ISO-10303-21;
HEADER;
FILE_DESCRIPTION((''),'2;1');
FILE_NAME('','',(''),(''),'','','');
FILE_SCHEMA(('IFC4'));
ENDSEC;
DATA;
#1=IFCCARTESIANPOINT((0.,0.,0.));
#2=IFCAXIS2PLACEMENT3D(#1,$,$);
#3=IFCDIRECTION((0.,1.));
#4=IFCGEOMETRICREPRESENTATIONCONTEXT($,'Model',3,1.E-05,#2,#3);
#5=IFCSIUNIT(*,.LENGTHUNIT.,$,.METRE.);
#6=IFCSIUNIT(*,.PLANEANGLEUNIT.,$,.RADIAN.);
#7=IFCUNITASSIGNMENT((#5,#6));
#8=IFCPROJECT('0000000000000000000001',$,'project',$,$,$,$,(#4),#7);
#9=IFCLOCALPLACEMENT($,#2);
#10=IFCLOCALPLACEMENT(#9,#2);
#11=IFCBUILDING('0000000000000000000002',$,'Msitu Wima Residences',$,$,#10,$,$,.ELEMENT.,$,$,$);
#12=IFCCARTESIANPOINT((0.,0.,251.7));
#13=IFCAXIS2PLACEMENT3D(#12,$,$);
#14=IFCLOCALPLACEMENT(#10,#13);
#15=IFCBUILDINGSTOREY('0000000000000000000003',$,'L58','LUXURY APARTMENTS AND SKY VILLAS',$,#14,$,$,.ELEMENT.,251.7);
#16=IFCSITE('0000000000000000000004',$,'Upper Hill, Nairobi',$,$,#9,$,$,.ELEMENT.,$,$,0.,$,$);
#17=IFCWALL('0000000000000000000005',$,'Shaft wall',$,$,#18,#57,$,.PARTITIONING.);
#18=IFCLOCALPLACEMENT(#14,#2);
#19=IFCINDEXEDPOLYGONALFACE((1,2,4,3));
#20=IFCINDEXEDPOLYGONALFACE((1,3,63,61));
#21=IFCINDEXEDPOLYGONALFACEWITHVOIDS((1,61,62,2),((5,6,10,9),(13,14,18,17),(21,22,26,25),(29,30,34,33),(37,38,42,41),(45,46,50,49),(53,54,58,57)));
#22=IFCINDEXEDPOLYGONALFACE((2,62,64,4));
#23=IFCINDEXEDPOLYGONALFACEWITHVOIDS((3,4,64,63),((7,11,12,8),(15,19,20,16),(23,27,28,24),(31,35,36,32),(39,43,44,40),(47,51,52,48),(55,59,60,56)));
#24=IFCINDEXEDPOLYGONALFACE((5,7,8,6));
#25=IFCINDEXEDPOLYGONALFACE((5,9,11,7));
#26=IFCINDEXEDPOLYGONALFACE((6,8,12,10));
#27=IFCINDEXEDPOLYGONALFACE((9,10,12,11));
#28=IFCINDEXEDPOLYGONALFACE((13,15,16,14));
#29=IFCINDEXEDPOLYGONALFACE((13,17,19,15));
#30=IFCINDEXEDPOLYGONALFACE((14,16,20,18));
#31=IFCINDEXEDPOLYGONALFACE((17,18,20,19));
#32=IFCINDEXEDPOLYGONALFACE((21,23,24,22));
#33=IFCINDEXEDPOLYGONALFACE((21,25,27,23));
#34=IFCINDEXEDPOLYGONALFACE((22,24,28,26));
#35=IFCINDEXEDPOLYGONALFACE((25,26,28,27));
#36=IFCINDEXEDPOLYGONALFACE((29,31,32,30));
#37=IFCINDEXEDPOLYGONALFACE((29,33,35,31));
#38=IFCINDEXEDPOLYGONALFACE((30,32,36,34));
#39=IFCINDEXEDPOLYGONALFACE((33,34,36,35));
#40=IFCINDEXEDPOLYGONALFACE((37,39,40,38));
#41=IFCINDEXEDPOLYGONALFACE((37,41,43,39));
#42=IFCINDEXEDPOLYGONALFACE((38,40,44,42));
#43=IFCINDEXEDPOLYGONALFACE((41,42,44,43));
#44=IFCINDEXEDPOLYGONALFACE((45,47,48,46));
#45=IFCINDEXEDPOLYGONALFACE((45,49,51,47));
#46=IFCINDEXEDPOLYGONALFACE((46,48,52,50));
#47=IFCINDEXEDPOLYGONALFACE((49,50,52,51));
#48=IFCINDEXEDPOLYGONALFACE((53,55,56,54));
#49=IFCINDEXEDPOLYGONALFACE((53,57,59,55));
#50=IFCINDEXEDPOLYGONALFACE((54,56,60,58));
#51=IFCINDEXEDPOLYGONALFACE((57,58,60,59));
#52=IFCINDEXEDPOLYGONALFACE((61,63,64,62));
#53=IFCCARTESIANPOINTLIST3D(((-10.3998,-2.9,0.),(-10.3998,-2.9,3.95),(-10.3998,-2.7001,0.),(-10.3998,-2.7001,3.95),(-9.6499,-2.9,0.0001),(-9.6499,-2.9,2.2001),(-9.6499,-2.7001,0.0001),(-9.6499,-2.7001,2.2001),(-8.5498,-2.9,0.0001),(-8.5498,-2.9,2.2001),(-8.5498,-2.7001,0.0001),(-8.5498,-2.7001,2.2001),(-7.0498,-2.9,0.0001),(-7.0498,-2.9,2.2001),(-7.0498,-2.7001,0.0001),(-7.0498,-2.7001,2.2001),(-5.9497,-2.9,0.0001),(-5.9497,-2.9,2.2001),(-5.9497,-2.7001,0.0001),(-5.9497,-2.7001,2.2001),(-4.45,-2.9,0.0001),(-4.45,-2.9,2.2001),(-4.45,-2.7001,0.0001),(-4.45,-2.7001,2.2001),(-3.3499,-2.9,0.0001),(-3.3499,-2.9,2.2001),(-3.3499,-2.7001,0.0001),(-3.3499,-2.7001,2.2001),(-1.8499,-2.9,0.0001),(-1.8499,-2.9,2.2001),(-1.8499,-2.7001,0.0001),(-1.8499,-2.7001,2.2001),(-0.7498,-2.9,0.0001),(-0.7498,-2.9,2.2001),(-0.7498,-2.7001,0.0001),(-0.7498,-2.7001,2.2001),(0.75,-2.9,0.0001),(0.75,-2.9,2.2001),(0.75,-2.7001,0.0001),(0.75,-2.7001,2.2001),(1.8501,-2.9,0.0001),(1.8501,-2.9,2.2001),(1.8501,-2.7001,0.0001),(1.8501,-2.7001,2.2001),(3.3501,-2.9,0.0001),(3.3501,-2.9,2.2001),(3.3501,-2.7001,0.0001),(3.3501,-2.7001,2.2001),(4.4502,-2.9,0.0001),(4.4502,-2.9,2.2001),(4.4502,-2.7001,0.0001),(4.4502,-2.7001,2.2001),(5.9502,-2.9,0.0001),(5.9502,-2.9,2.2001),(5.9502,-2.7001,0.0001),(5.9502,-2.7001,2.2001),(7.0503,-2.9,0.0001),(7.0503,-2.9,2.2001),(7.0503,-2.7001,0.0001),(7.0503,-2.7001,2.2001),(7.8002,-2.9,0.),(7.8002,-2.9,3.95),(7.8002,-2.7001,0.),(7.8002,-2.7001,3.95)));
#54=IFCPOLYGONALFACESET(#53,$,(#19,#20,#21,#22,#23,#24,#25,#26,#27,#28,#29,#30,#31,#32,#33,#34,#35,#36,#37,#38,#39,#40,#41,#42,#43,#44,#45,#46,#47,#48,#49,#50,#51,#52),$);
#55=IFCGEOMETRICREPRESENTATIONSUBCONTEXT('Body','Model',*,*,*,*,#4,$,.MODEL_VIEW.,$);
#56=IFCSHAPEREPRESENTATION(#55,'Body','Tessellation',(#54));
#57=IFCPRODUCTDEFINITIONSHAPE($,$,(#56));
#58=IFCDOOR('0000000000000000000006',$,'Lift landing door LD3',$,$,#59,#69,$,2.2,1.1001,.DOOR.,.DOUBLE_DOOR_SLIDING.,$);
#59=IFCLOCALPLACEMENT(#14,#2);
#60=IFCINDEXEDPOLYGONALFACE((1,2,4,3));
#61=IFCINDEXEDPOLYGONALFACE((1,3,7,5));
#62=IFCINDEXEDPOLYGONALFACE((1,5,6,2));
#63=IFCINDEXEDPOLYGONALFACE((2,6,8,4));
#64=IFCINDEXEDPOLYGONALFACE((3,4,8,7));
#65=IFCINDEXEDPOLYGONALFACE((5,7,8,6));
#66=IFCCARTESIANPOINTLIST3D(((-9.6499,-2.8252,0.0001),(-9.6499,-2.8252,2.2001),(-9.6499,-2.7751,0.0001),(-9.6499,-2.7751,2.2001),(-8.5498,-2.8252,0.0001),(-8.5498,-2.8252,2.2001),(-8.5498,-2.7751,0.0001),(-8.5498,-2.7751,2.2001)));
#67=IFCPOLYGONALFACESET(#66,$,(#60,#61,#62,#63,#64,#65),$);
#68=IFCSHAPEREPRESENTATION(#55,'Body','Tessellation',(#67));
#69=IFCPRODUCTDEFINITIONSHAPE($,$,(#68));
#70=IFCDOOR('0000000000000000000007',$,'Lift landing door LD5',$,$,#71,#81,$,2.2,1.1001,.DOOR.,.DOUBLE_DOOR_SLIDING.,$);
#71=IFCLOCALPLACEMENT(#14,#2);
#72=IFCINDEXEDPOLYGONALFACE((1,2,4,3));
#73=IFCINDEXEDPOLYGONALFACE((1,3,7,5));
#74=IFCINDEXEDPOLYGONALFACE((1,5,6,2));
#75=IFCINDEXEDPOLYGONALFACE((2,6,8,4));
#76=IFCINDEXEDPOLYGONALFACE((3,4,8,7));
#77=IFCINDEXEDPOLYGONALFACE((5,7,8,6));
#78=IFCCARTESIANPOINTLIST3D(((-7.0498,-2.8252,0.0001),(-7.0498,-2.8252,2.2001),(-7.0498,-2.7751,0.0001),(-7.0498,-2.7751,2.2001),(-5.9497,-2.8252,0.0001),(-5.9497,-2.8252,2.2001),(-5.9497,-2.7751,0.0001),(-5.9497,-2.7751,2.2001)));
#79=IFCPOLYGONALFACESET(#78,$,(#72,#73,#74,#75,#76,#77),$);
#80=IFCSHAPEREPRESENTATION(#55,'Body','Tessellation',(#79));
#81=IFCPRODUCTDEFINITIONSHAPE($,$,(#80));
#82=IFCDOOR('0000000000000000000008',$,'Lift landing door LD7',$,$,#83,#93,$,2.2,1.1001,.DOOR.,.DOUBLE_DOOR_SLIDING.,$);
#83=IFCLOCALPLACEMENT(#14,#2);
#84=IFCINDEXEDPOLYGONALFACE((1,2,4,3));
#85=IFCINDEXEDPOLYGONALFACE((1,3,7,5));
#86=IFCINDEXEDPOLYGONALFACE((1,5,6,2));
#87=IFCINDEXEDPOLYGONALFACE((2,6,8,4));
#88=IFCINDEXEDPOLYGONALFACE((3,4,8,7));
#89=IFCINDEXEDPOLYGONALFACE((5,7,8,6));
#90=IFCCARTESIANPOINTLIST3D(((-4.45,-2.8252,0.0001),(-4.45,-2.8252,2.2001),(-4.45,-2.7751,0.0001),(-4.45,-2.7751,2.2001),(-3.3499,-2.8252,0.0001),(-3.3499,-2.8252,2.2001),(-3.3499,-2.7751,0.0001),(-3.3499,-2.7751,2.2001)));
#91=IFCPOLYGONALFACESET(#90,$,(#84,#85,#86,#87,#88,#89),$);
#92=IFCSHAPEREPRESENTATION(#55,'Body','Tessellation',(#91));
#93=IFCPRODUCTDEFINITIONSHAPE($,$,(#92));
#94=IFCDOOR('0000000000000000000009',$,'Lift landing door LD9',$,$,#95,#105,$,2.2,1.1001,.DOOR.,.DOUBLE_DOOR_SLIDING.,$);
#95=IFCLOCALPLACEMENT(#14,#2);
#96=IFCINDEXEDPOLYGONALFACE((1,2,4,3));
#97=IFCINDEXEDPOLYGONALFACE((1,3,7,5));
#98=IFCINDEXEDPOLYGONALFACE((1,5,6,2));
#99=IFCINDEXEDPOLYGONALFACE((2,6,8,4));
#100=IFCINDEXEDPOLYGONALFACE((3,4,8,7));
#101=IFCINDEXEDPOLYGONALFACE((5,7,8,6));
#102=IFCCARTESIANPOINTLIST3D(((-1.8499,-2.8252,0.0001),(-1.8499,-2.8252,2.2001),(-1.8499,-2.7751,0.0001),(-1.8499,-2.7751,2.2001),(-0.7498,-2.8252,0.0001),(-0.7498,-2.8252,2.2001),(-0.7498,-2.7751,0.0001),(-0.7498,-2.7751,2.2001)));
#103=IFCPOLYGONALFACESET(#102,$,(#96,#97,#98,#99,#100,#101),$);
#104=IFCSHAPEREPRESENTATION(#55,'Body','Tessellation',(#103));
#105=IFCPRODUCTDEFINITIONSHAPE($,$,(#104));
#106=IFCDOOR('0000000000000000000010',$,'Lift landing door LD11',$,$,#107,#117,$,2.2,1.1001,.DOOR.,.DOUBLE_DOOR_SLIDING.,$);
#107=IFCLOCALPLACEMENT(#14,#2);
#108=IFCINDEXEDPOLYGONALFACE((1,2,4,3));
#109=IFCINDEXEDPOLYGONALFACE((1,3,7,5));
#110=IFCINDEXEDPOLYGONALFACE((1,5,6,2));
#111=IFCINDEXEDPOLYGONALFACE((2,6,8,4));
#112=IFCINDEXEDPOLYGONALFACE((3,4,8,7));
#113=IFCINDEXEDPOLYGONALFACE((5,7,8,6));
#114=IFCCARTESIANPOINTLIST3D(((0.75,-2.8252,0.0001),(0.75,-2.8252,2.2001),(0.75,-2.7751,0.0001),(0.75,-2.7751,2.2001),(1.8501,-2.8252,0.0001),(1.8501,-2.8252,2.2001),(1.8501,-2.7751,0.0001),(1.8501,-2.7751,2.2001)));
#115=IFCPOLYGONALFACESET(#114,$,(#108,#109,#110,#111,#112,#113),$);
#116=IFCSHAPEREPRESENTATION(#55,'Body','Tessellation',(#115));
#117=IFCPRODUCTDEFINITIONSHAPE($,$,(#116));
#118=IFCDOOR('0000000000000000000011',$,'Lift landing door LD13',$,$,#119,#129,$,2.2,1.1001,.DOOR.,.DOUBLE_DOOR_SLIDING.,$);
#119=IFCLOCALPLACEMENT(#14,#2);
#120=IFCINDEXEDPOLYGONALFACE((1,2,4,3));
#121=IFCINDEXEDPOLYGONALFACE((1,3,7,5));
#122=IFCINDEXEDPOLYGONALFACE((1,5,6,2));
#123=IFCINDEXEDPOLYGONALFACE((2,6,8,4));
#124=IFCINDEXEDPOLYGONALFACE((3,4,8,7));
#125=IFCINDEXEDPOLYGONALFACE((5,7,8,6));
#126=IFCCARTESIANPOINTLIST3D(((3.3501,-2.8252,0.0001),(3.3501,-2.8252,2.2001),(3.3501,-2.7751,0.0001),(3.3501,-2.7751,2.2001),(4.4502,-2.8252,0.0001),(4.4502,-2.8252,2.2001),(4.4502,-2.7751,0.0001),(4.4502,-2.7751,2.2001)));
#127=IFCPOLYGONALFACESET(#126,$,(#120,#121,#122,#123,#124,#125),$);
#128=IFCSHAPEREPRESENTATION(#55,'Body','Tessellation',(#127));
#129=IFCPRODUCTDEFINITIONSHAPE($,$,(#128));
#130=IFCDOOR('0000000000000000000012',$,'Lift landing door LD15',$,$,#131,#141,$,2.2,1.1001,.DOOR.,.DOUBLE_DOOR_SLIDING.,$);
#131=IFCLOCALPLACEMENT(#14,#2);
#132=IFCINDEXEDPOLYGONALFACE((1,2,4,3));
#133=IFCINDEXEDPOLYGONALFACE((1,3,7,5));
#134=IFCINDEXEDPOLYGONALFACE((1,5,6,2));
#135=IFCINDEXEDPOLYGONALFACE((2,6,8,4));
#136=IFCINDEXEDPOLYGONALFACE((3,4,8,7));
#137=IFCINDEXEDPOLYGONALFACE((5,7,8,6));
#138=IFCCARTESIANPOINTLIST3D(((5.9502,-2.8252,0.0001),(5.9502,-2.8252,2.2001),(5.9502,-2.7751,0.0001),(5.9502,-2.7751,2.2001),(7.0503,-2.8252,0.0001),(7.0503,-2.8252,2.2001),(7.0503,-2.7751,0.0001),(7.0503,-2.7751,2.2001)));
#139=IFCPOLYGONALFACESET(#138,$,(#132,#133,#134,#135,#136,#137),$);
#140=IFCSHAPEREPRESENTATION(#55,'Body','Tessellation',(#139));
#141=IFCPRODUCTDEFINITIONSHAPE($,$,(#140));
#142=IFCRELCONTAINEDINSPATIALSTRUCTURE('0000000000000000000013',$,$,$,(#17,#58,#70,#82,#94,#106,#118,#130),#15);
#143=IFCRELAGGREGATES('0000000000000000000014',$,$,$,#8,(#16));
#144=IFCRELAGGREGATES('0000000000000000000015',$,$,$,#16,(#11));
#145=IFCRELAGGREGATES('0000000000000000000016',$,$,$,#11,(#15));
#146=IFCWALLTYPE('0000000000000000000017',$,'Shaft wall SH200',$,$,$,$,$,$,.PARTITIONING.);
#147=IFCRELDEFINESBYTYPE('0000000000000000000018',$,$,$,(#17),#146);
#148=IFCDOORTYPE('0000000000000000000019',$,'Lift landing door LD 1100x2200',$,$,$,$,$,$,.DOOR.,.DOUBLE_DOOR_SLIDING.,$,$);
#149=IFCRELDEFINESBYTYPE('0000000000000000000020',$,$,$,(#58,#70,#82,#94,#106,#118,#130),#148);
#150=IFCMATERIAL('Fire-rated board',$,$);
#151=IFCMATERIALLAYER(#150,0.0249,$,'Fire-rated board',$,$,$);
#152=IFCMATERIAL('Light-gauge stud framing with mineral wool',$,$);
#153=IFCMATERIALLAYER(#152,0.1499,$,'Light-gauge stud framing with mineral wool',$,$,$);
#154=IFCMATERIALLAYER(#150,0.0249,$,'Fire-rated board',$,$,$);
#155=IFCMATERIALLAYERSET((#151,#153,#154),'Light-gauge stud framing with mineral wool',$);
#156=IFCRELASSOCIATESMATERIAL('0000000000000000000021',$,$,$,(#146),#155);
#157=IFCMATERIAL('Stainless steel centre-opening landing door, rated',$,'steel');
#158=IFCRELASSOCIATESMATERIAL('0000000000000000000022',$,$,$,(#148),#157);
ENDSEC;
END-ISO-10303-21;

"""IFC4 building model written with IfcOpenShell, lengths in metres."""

from ifc_helpers import new_model, si_unit, direction, frame, frame_2d, origin, place, context, subcontext, project, spatial, rectangle, extrude, material, layer, layer_set, type_object, element, fill, save


model = new_model("IFC4")

# Units and contexts
model_context = context("Model", 3, precision=1e-05, world=origin(), true_north=direction((0.0, 1.0)))
body_context = subcontext(model_context, "Body", "Model", "MODEL_VIEW")
ifc_project = project(units=[si_unit("LENGTHUNIT", "METRE"), si_unit("PLANEANGLEUNIT", "RADIAN")], contexts=[model_context])

# Site, building, storey
site_placement = place(None, origin())
site = spatial("IfcSite", under=ifc_project, at=site_placement, Name="Upper Hill, Nairobi", CompositionType="ELEMENT", RefElevation=0.0)
building_placement = place(site_placement, origin())
building = spatial("IfcBuilding", under=site, at=building_placement, Name="Msitu Wima Residences", CompositionType="ELEMENT")
storey_placement = place(building_placement, frame((0.0, 0.0, 251.7)))
storey = spatial("IfcBuildingStorey", under=building, at=storey_placement, Name="L58", Description="LUXURY APARTMENTS AND SKY VILLAS", CompositionType="ELEMENT", Elevation=251.7)

# Shared definitions
ifc_material_1 = material(Name="Fire-rated board")
ifc_layer_1 = layer(ifc_material_1, 0.0249, Name="Fire-rated board")
ifc_material_2 = material(Name="Light-gauge stud framing with mineral wool")
ifc_layer_2 = layer(ifc_material_2, 0.1499, Name="Light-gauge stud framing with mineral wool")
ifc_layer_3 = layer(ifc_material_1, 0.0249, Name="Fire-rated board")
ifc_layer_set_1 = layer_set([ifc_layer_1, ifc_layer_2, ifc_layer_3], Name="Light-gauge stud framing with mineral wool")
wall_type_1 = type_object("IfcWallType", Name="Shaft wall SH200", PredefinedType="PARTITIONING", material=ifc_layer_set_1)

# Wall, openings, doors
wall_1_placement = place(storey_placement, frame((-10.3999, -2.8, 0.0), z_axis=(0.0, 0.0, 1.0), x_axis=(1.0, 0.0, 0.0)))
wall_1 = element("IfcWall", 1, at=wall_1_placement, inside=storey, type_object=wall_type_1, Name="Shaft wall", PredefinedType="PARTITIONING", context=body_context, shape_type="SweptSolid", body=[
    extrude(rectangle(XDim=18.2, YDim=0.2, at=frame_2d((9.1001, 0.0))), origin(), (0.0, 0.0, 1.0), 3.95),
])
opening_1_placement = place(wall_1_placement, frame((0.75, 0.0, 0.0)))
opening_1 = element("IfcOpeningElement", 2, at=opening_1_placement, cuts=wall_1, PredefinedType="OPENING", context=body_context, shape_type="SweptSolid", body=[
    extrude(rectangle(XDim=1.1001, YDim=2.2, at=frame_2d((0.55, 1.1001))), frame((0.0, 0.1099, 0.0), z_axis=(0.0, -1.0, 0.0), x_axis=(1.0, 0.0, 0.0)), (0.0, 0.0, 1.0), 0.22),
])
opening_2_placement = place(wall_1_placement, frame((3.3501, 0.0, 0.0)))
opening_2 = element("IfcOpeningElement", 3, at=opening_2_placement, cuts=wall_1, PredefinedType="OPENING", context=body_context, shape_type="SweptSolid", body=[
    extrude(rectangle(XDim=1.1001, YDim=2.2, at=frame_2d((0.55, 1.1001))), frame((0.0, 0.1099, 0.0), z_axis=(0.0, -1.0, 0.0), x_axis=(1.0, 0.0, 0.0)), (0.0, 0.0, 1.0), 0.22),
])
opening_3_placement = place(wall_1_placement, frame((5.95, 0.0, 0.0)))
opening_3 = element("IfcOpeningElement", 4, at=opening_3_placement, cuts=wall_1, PredefinedType="OPENING", context=body_context, shape_type="SweptSolid", body=[
    extrude(rectangle(XDim=1.1001, YDim=2.2, at=frame_2d((0.55, 1.1001))), frame((0.0, 0.1099, 0.0), z_axis=(0.0, -1.0, 0.0), x_axis=(1.0, 0.0, 0.0)), (0.0, 0.0, 1.0), 0.22),
])
opening_4_placement = place(wall_1_placement, frame((8.55, 0.0, 0.0)))
opening_4 = element("IfcOpeningElement", 5, at=opening_4_placement, cuts=wall_1, PredefinedType="OPENING", context=body_context, shape_type="SweptSolid", body=[
    extrude(rectangle(XDim=1.1001, YDim=2.2, at=frame_2d((0.55, 1.1001))), frame((0.0, 0.1099, 0.0), z_axis=(0.0, -1.0, 0.0), x_axis=(1.0, 0.0, 0.0)), (0.0, 0.0, 1.0), 0.22),
])
opening_5_placement = place(wall_1_placement, frame((11.1499, 0.0, 0.0)))
opening_5 = element("IfcOpeningElement", 6, at=opening_5_placement, cuts=wall_1, PredefinedType="OPENING", context=body_context, shape_type="SweptSolid", body=[
    extrude(rectangle(XDim=1.1001, YDim=2.2, at=frame_2d((0.55, 1.1001))), frame((0.0, 0.1099, 0.0), z_axis=(0.0, -1.0, 0.0), x_axis=(1.0, 0.0, 0.0)), (0.0, 0.0, 1.0), 0.22),
])
opening_6_placement = place(wall_1_placement, frame((13.75, 0.0, 0.0)))
opening_6 = element("IfcOpeningElement", 7, at=opening_6_placement, cuts=wall_1, PredefinedType="OPENING", context=body_context, shape_type="SweptSolid", body=[
    extrude(rectangle(XDim=1.1001, YDim=2.2, at=frame_2d((0.55, 1.1001))), frame((0.0, 0.1099, 0.0), z_axis=(0.0, -1.0, 0.0), x_axis=(1.0, 0.0, 0.0)), (0.0, 0.0, 1.0), 0.22),
])
opening_7_placement = place(wall_1_placement, frame((16.3501, 0.0, 0.0)))
opening_7 = element("IfcOpeningElement", 8, at=opening_7_placement, cuts=wall_1, PredefinedType="OPENING", context=body_context, shape_type="SweptSolid", body=[
    extrude(rectangle(XDim=1.1001, YDim=2.2, at=frame_2d((0.55, 1.1001))), frame((0.0, 0.1099, 0.0), z_axis=(0.0, -1.0, 0.0), x_axis=(1.0, 0.0, 0.0)), (0.0, 0.0, 1.0), 0.22),
])
ifc_material_3 = material(Name="Stainless steel centre-opening landing door, rated", Category="steel")
door_type_1 = type_object("IfcDoorType", Name="Lift landing door LD 1100x2200", OperationType="DOUBLE_DOOR_SLIDING", PredefinedType="DOOR", material=ifc_material_3)
door_1_placement = place(opening_1_placement, origin())
door_1 = element("IfcDoor", 9, at=door_1_placement, inside=storey, type_object=door_type_1, Name="Lift landing door LD3", OperationType="DOUBLE_DOOR_SLIDING", OverallHeight=2.2, OverallWidth=1.1001, PredefinedType="DOOR", context=body_context, shape_type="SweptSolid", body=[
    extrude(rectangle(XDim=1.1001, YDim=2.2, at=frame_2d((0.55, 1.1001))), frame((0.0, 0.0249, 0.0), z_axis=(0.0, -1.0, 0.0), x_axis=(1.0, 0.0, 0.0)), (0.0, 0.0, 1.0), 0.05),
])
fill(opening_1, door_1)
door_2_placement = place(opening_2_placement, origin())
door_2 = element("IfcDoor", 10, at=door_2_placement, inside=storey, type_object=door_type_1, Name="Lift landing door LD5", OperationType="DOUBLE_DOOR_SLIDING", OverallHeight=2.2, OverallWidth=1.1001, PredefinedType="DOOR", context=body_context, shape_type="SweptSolid", body=[
    extrude(rectangle(XDim=1.1001, YDim=2.2, at=frame_2d((0.55, 1.1001))), frame((0.0, 0.0249, 0.0), z_axis=(0.0, -1.0, 0.0), x_axis=(1.0, 0.0, 0.0)), (0.0, 0.0, 1.0), 0.05),
])
fill(opening_2, door_2)
door_3_placement = place(opening_3_placement, origin())
door_3 = element("IfcDoor", 11, at=door_3_placement, inside=storey, type_object=door_type_1, Name="Lift landing door LD7", OperationType="DOUBLE_DOOR_SLIDING", OverallHeight=2.2, OverallWidth=1.1001, PredefinedType="DOOR", context=body_context, shape_type="SweptSolid", body=[
    extrude(rectangle(XDim=1.1001, YDim=2.2, at=frame_2d((0.55, 1.1001))), frame((0.0, 0.0249, 0.0), z_axis=(0.0, -1.0, 0.0), x_axis=(1.0, 0.0, 0.0)), (0.0, 0.0, 1.0), 0.05),
])
fill(opening_3, door_3)
door_4_placement = place(opening_4_placement, origin())
door_4 = element("IfcDoor", 12, at=door_4_placement, inside=storey, type_object=door_type_1, Name="Lift landing door LD9", OperationType="DOUBLE_DOOR_SLIDING", OverallHeight=2.2, OverallWidth=1.1001, PredefinedType="DOOR", context=body_context, shape_type="SweptSolid", body=[
    extrude(rectangle(XDim=1.1001, YDim=2.2, at=frame_2d((0.55, 1.1001))), frame((0.0, 0.0249, 0.0), z_axis=(0.0, -1.0, 0.0), x_axis=(1.0, 0.0, 0.0)), (0.0, 0.0, 1.0), 0.05),
])
fill(opening_4, door_4)
door_5_placement = place(opening_5_placement, origin())
door_5 = element("IfcDoor", 13, at=door_5_placement, inside=storey, type_object=door_type_1, Name="Lift landing door LD11", OperationType="DOUBLE_DOOR_SLIDING", OverallHeight=2.2, OverallWidth=1.1001, PredefinedType="DOOR", context=body_context, shape_type="SweptSolid", body=[
    extrude(rectangle(XDim=1.1001, YDim=2.2, at=frame_2d((0.55, 1.1001))), frame((0.0, 0.0249, 0.0), z_axis=(0.0, -1.0, 0.0), x_axis=(1.0, 0.0, 0.0)), (0.0, 0.0, 1.0), 0.05),
])
fill(opening_5, door_5)
door_6_placement = place(opening_6_placement, origin())
door_6 = element("IfcDoor", 14, at=door_6_placement, inside=storey, type_object=door_type_1, Name="Lift landing door LD13", OperationType="DOUBLE_DOOR_SLIDING", OverallHeight=2.2, OverallWidth=1.1001, PredefinedType="DOOR", context=body_context, shape_type="SweptSolid", body=[
    extrude(rectangle(XDim=1.1001, YDim=2.2, at=frame_2d((0.55, 1.1001))), frame((0.0, 0.0249, 0.0), z_axis=(0.0, -1.0, 0.0), x_axis=(1.0, 0.0, 0.0)), (0.0, 0.0, 1.0), 0.05),
])
fill(opening_6, door_6)
door_7_placement = place(opening_7_placement, origin())
door_7 = element("IfcDoor", 15, at=door_7_placement, inside=storey, type_object=door_type_1, Name="Lift landing door LD15", OperationType="DOUBLE_DOOR_SLIDING", OverallHeight=2.2, OverallWidth=1.1001, PredefinedType="DOOR", context=body_context, shape_type="SweptSolid", body=[
    extrude(rectangle(XDim=1.1001, YDim=2.2, at=frame_2d((0.55, 1.1001))), frame((0.0, 0.0249, 0.0), z_axis=(0.0, -1.0, 0.0), x_axis=(1.0, 0.0, 0.0)), (0.0, 0.0, 1.0), 0.05),
])
fill(opening_7, door_7)

save(model, "model.ifc")
